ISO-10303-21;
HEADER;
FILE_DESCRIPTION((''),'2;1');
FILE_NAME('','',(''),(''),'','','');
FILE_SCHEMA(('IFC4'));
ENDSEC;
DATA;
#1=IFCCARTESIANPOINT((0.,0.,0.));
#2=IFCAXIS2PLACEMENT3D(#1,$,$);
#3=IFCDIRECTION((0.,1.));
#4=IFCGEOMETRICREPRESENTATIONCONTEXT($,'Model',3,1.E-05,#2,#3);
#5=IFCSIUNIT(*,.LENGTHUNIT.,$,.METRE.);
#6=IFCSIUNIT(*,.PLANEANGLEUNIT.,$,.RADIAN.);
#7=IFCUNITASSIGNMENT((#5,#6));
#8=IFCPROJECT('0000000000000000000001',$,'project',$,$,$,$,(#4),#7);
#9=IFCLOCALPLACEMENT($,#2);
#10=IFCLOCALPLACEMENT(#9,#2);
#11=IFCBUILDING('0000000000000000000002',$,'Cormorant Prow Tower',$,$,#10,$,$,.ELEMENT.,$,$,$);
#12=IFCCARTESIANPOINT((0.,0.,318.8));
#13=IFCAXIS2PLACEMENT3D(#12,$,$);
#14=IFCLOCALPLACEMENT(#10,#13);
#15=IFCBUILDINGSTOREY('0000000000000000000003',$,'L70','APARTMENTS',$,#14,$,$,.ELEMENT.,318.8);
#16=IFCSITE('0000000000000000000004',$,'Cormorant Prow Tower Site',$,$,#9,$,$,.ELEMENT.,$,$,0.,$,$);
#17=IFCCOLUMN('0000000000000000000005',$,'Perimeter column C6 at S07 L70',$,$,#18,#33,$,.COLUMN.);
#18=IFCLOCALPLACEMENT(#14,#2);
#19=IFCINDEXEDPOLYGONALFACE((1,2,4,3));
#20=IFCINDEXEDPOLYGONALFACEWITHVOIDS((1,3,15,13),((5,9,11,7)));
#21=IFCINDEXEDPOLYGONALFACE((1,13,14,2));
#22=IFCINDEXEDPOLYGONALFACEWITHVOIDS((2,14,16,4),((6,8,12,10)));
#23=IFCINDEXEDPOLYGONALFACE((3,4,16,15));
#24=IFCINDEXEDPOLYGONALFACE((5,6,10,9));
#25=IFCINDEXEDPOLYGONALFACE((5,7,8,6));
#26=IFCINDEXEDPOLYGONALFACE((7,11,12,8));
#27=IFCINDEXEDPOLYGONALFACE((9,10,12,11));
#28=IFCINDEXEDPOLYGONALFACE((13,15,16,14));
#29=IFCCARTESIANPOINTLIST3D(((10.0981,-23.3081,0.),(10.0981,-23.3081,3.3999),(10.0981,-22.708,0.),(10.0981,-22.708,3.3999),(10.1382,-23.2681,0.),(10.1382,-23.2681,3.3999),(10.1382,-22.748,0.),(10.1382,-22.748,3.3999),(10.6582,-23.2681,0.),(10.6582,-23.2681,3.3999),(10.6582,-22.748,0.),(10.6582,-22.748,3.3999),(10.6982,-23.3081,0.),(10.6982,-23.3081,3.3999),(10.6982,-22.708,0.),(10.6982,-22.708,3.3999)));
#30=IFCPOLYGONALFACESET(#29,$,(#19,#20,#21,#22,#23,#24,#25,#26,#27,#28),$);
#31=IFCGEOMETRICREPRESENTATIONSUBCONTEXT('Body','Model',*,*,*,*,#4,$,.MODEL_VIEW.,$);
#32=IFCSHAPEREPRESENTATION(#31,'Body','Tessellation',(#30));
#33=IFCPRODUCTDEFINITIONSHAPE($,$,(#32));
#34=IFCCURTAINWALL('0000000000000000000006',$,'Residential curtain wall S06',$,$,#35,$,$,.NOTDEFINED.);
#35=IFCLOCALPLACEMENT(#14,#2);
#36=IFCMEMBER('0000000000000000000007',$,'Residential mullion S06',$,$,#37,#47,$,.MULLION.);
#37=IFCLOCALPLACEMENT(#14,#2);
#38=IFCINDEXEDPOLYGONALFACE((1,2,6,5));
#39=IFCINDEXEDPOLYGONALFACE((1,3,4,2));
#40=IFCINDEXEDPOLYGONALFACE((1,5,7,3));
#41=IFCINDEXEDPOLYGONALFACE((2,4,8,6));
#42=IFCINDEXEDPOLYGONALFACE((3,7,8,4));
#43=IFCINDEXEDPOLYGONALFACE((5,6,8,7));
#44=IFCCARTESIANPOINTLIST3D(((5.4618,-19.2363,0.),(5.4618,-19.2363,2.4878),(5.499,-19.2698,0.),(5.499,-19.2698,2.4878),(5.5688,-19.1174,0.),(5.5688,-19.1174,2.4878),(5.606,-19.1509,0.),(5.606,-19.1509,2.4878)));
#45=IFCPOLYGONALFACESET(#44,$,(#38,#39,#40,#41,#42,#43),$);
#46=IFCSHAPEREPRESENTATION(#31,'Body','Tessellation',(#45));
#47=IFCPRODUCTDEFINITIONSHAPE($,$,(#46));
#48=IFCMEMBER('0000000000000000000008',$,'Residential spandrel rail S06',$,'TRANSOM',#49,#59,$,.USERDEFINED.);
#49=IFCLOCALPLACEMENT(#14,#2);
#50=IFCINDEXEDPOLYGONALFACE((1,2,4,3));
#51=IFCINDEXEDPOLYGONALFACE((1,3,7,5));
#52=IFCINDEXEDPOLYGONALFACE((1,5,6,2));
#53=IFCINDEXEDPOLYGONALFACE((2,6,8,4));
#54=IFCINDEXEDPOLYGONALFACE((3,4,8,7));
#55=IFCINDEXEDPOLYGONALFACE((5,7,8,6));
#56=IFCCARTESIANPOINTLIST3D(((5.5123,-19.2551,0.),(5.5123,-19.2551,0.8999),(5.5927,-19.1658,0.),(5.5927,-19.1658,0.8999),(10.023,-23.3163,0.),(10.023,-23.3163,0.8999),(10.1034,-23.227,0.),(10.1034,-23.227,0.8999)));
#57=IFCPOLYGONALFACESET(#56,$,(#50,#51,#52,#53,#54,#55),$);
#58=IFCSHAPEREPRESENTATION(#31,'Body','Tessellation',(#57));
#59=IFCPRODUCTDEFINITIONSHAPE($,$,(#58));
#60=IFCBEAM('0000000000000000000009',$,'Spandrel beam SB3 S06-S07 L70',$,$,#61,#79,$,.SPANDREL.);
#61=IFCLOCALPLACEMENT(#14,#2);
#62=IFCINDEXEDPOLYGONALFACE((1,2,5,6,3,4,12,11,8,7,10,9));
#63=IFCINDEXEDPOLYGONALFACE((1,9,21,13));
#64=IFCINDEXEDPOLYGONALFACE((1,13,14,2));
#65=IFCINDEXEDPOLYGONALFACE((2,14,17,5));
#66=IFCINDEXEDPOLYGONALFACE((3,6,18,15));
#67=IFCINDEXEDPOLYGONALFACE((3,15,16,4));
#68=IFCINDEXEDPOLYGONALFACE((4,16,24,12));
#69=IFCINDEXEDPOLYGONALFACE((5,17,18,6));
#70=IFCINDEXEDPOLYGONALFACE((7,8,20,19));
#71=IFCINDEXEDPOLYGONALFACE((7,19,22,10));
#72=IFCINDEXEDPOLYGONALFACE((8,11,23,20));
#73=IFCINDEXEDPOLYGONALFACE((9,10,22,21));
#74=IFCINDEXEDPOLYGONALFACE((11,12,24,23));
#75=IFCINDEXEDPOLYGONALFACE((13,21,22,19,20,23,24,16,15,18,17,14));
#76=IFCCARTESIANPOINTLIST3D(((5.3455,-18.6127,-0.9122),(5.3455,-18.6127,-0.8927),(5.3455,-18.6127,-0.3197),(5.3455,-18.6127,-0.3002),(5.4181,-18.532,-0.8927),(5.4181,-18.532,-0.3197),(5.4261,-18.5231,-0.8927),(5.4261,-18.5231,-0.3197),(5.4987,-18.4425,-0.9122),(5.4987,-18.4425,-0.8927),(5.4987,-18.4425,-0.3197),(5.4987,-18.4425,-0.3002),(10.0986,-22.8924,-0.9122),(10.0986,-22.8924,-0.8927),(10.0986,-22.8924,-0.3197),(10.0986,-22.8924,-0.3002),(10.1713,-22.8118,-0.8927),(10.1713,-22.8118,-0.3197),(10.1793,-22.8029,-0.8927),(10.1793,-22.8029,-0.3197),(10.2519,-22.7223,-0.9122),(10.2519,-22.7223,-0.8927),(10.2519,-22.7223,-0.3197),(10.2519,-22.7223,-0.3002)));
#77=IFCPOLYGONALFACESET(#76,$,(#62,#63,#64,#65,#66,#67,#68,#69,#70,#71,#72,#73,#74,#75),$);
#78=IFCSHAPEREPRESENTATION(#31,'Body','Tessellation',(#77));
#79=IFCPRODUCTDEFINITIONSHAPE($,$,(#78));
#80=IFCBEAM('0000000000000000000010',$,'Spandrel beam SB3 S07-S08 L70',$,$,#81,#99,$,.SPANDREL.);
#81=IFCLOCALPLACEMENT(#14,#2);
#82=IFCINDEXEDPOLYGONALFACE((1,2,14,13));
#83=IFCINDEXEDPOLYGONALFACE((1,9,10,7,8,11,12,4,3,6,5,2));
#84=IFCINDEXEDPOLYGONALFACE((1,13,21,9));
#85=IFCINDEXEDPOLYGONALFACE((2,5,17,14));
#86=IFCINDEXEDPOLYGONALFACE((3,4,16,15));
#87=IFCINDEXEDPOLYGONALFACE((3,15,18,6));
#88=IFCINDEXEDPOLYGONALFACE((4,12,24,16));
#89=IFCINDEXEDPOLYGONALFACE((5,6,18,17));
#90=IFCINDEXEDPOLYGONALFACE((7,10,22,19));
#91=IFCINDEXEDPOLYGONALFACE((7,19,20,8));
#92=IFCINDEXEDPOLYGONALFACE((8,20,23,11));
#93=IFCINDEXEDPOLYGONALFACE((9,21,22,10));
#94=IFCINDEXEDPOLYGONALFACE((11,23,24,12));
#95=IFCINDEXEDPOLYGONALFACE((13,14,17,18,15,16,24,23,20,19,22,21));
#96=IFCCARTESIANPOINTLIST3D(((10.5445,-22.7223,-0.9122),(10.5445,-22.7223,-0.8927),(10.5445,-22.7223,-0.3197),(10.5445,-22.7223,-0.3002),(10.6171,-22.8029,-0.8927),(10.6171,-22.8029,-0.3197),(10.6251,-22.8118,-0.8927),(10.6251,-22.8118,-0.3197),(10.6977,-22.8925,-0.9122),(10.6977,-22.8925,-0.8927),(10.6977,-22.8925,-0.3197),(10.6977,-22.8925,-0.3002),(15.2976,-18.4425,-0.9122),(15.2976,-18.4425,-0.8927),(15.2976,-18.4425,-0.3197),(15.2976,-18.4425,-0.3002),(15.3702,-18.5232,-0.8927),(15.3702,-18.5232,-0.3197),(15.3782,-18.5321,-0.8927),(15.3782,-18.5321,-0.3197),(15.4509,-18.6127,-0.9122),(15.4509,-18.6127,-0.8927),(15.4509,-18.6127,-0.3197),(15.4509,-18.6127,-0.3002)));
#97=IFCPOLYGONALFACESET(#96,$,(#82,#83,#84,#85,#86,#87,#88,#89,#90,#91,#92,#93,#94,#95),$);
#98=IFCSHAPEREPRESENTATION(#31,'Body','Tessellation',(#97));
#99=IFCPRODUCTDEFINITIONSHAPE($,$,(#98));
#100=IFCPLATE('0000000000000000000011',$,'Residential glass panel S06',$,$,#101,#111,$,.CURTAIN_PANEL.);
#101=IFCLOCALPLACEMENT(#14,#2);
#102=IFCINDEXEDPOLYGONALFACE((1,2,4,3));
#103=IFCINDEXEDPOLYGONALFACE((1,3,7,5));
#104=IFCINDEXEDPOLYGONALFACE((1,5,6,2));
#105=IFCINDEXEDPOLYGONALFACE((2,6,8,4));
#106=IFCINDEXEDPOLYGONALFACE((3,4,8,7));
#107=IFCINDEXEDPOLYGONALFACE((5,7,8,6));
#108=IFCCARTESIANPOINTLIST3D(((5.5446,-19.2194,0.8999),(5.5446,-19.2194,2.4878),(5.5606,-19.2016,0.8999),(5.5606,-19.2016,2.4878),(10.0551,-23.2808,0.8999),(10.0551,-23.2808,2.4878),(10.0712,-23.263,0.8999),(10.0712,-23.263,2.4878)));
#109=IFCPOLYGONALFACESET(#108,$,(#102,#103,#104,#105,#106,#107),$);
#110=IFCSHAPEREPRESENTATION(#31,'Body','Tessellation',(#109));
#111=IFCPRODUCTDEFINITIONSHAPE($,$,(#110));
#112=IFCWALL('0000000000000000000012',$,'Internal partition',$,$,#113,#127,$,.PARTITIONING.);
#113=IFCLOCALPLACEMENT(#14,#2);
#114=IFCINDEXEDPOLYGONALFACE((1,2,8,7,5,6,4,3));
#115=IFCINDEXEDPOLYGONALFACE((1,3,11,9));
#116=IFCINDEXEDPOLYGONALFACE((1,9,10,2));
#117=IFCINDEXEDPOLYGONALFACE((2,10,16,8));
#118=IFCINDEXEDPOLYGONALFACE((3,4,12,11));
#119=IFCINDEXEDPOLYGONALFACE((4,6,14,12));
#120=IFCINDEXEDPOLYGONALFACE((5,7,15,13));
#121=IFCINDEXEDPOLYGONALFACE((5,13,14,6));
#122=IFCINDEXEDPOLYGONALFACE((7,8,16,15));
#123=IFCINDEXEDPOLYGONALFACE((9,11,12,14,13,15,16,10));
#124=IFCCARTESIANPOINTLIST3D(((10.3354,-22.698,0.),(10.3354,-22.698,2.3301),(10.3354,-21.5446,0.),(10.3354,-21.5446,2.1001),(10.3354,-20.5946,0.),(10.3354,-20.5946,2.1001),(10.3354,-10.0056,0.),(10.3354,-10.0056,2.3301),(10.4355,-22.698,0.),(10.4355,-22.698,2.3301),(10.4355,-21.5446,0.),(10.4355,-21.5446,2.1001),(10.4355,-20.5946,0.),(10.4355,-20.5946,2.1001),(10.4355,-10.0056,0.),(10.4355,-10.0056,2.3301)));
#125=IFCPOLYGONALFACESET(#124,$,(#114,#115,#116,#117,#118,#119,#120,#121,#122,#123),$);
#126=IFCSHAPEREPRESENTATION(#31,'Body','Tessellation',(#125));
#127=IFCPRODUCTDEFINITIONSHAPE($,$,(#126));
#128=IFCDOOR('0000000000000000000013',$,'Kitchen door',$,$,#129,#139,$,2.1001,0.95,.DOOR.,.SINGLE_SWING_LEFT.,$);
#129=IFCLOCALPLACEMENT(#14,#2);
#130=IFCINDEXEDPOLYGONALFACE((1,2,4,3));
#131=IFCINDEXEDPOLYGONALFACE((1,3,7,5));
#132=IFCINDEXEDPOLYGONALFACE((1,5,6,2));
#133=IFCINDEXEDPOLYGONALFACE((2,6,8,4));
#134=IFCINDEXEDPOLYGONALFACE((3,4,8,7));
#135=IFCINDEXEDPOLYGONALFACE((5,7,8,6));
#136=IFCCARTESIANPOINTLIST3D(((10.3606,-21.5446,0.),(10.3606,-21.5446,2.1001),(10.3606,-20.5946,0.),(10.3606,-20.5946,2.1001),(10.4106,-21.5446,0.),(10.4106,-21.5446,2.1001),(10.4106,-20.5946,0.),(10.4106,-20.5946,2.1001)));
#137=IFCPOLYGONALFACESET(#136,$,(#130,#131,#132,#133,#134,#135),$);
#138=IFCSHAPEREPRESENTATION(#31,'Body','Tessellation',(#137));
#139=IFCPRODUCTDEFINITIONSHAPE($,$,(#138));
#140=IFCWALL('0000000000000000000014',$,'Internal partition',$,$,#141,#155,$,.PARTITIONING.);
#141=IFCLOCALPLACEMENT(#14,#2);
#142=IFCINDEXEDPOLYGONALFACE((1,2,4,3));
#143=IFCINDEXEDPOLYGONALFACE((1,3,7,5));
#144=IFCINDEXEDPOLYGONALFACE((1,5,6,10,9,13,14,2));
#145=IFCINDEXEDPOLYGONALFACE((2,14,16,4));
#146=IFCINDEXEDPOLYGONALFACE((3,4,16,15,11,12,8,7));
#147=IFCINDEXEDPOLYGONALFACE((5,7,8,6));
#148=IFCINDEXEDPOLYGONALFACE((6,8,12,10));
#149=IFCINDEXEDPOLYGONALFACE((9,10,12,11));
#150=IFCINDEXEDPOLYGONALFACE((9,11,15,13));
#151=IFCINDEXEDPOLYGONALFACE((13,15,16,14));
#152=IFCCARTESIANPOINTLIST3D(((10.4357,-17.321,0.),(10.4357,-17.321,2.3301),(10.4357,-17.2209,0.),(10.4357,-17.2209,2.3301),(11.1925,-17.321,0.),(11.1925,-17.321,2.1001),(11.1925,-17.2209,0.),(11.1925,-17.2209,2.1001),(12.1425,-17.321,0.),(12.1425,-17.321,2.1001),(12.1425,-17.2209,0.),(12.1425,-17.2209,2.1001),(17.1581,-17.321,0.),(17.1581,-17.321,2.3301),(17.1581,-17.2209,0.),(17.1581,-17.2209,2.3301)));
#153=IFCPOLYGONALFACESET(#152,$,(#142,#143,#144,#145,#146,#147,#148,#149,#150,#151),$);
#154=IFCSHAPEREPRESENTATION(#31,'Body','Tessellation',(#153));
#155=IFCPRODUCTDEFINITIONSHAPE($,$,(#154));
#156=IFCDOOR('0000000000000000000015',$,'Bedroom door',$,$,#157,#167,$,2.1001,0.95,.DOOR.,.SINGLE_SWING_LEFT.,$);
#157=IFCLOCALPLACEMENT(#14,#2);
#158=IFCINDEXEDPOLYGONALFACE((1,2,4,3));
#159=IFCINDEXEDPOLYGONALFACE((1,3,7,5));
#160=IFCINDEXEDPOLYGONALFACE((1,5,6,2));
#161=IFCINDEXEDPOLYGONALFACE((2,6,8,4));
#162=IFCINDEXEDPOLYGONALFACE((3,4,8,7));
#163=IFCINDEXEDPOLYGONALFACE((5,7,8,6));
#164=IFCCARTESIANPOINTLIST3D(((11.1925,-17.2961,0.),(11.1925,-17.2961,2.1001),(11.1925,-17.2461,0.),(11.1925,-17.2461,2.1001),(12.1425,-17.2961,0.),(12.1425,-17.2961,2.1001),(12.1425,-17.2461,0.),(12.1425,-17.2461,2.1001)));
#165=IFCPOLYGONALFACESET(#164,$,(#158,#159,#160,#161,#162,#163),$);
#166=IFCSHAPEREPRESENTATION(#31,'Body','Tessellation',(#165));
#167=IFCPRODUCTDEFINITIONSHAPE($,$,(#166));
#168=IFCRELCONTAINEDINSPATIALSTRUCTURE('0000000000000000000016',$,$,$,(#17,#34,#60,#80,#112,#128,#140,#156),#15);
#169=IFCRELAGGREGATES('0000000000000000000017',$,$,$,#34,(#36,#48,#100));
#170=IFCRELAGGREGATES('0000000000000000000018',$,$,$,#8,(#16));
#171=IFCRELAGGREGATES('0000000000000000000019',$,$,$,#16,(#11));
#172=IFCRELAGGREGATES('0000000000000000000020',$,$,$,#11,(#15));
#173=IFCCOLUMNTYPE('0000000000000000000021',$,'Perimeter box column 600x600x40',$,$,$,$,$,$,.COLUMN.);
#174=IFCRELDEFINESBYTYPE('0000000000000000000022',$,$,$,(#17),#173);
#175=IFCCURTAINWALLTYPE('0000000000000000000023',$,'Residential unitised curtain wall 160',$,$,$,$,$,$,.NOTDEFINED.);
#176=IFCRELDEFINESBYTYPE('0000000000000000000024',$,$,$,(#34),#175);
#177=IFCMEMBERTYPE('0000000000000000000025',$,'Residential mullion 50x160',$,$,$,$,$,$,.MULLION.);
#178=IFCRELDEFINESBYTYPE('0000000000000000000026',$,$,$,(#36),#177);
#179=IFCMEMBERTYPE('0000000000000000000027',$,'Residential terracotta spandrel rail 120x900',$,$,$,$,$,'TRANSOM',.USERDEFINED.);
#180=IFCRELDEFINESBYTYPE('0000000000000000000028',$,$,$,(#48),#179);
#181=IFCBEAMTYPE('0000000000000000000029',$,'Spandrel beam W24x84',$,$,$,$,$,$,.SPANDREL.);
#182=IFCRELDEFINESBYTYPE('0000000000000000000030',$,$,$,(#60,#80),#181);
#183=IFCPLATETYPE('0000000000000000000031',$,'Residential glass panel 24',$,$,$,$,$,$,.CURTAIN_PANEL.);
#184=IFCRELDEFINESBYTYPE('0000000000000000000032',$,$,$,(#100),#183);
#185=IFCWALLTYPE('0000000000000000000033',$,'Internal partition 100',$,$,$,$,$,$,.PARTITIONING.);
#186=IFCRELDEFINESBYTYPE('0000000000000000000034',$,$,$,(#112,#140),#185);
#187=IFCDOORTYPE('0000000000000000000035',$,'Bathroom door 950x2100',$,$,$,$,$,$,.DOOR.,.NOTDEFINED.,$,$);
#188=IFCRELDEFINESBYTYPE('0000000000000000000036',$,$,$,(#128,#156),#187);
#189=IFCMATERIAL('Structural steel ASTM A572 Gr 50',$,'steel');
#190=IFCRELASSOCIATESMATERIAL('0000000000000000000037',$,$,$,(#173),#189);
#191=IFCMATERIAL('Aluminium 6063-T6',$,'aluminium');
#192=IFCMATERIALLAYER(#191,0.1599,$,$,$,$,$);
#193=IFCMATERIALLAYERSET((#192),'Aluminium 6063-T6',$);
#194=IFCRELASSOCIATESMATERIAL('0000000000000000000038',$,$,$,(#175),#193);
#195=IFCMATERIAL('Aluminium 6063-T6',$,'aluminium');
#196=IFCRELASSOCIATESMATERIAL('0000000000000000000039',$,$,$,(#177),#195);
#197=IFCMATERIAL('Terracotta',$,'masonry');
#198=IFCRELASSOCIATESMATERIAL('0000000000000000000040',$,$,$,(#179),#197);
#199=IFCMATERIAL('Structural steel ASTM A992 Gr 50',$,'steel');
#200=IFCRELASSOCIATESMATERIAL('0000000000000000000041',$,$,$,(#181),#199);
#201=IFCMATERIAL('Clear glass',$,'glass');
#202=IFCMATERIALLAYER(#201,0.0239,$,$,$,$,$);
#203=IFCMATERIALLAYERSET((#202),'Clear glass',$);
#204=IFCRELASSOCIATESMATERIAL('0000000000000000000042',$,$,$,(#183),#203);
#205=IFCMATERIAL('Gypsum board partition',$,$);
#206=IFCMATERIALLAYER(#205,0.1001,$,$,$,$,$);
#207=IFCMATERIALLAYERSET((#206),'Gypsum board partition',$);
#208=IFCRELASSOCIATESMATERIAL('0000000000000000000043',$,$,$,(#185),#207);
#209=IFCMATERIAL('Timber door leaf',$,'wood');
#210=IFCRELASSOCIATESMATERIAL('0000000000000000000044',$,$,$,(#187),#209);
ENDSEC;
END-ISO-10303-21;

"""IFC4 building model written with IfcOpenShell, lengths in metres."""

from ifc_helpers import new_model, si_unit, direction, frame, frame_2d, origin, origin_2d, place, context, subcontext, project, spatial, rectangle, hollow_rectangle, i_section, extrude, material, layer, layer_set, material_profile, profile_set, type_object, element, fill, aggregate, save


model = new_model("IFC4")

# Units and contexts
model_context = context("Model", 3, precision=1e-05, world=origin(), true_north=direction((0.0, 1.0)))
body_context = subcontext(model_context, "Body", "Model", "MODEL_VIEW")
ifc_project = project(units=[si_unit("LENGTHUNIT", "METRE"), si_unit("PLANEANGLEUNIT", "RADIAN")], contexts=[model_context])

# Site, building, storey
site_placement = place(None, origin())
site = spatial("IfcSite", under=ifc_project, at=site_placement, Name="Cormorant Prow Tower Site", CompositionType="ELEMENT", RefElevation=0.0)
building_placement = place(site_placement, origin())
building = spatial("IfcBuilding", under=site, at=building_placement, Name="Cormorant Prow Tower", CompositionType="ELEMENT")
storey_placement = place(building_placement, frame((0.0, 0.0, 318.8)))
storey = spatial("IfcBuildingStorey", under=building, at=storey_placement, Name="L70", Description="APARTMENTS", CompositionType="ELEMENT", Elevation=318.8)

# Column
ifc_material_1 = material(Name="Structural steel ASTM A572 Gr 50", Category="steel")
ifc_material_profile_1 = material_profile(ifc_material_1, hollow_rectangle(XDim=0.6001, YDim=0.6001, WallThickness=0.04, at=origin_2d()), Name="Box 600x600x40")
ifc_profile_set_1 = profile_set([ifc_material_profile_1], Name="Structural steel ASTM A572 Gr 50")
column_type = type_object("IfcColumnType", Name="Perimeter box column 600x600x40", PredefinedType="COLUMN", material=ifc_profile_set_1)
column_placement = place(storey_placement, frame((10.3982, -23.0081, 0.0), z_axis=(0.0, 0.0, 1.0), x_axis=(1.0, 0.0, 0.0)))
element("IfcColumn", 1, at=column_placement, inside=storey, type_object=column_type, Name="Perimeter column C6 at S07 L70", PredefinedType="COLUMN", context=body_context, shape_type="SweptSolid", body=[
    extrude(hollow_rectangle(XDim=0.6001, YDim=0.6001, WallThickness=0.04, at=origin_2d()), origin(), (0.0, 0.0, 1.0), 3.3999),
])

# Curtain wall, members
ifc_material_2 = material(Name="Aluminium 6063-T6", Category="aluminium")
ifc_layer_1 = layer(ifc_material_2, 0.1599)
ifc_layer_set_1 = layer_set([ifc_layer_1], Name="Aluminium 6063-T6")
curtain_wall_type = type_object("IfcCurtainWallType", Name="Residential unitised curtain wall 160", PredefinedType="NOTDEFINED", material=ifc_layer_set_1)
curtain_wall_placement = place(storey_placement, origin())
curtain_wall = element("IfcCurtainWall", 2, at=curtain_wall_placement, inside=storey, type_object=curtain_wall_type, Name="Residential curtain wall S06", PredefinedType="NOTDEFINED")
ifc_material_3 = material(Name="Aluminium 6063-T6", Category="aluminium")
ifc_material_profile_2 = material_profile(ifc_material_3, rectangle(XDim=0.1599, YDim=0.05, at=origin_2d()), Name="Residential mullion 50x160")
ifc_profile_set_2 = profile_set([ifc_material_profile_2], Name="Aluminium 6063-T6")
member_type_1 = type_object("IfcMemberType", Name="Residential mullion 50x160", PredefinedType="MULLION", material=ifc_profile_set_2)
member_1_placement = place(storey_placement, frame((5.5339, -19.1936, 0.0), z_axis=(0.0, 0.0, 1.0), x_axis=(0.669131, 0.743145, 0.0)))
member_1 = element("IfcMember", 3, at=member_1_placement, type_object=member_type_1, Name="Residential mullion S06", PredefinedType="MULLION", context=body_context, shape_type="SweptSolid", body=[
    extrude(rectangle(XDim=0.1599, YDim=0.05, at=origin_2d()), origin(), (0.0, 0.0, 1.0), 2.4878),
])
ifc_material_4 = material(Name="Terracotta", Category="masonry")
ifc_material_profile_3 = material_profile(ifc_material_4, rectangle(XDim=0.1201, YDim=0.8999, at=origin_2d()), Name="Residential terracotta spandrel rail 120x900")
ifc_profile_set_3 = profile_set([ifc_material_profile_3], Name="Terracotta")
member_type_2 = type_object("IfcMemberType", Name="Residential terracotta spandrel rail 120x900", ElementType="TRANSOM", PredefinedType="USERDEFINED", material=ifc_profile_set_3)
member_2_placement = place(storey_placement, frame((5.5525, -19.2104, 0.45), z_axis=(0.743162, -0.669111, 0.0), x_axis=(0.669111, 0.743162, 0.0)))
member_2 = element("IfcMember", 4, at=member_2_placement, type_object=member_type_2, Name="Residential spandrel rail S06", ObjectType="TRANSOM", PredefinedType="USERDEFINED", context=body_context, shape_type="SweptSolid", body=[
    extrude(rectangle(XDim=0.1201, YDim=0.8999, at=origin_2d()), origin(), (0.0, 0.0, 1.0), 6.0696),
])

# Beams
ifc_material_5 = material(Name="Structural steel ASTM A992 Gr 50", Category="steel")
ifc_material_profile_4 = material_profile(ifc_material_5, i_section(OverallWidth=0.229, OverallDepth=0.6121, WebThickness=0.012, FlangeThickness=0.0195, at=origin_2d()), Name="W24x84")
ifc_profile_set_4 = profile_set([ifc_material_profile_4], Name="Structural steel ASTM A992 Gr 50")
beam_type = type_object("IfcBeamType", Name="Spandrel beam W24x84", PredefinedType="SPANDREL", material=ifc_profile_set_4)
for number, where, z_axis, x_axis, name in (
    (5, (5.4221, -18.5276, -0.6062), (0.743144, -0.669131, 0.0), (0.669131, 0.743144, 0.0), "Spandrel beam SB3 S06-S07 L70"),
    (6, (10.6211, -22.8074, -0.6062), (0.743144, 0.669131, 0.0), (-0.669131, 0.743144, 0.0), "Spandrel beam SB3 S07-S08 L70"),
):
    element("IfcBeam", number, at=place(storey_placement, frame(where, z_axis=z_axis, x_axis=x_axis)), inside=storey, type_object=beam_type, Name=name, PredefinedType="SPANDREL", context=body_context, shape_type="SweptSolid", body=[
        extrude(i_section(OverallWidth=0.229, OverallDepth=0.6121, WebThickness=0.012, FlangeThickness=0.0195, at=origin_2d()), origin(), (0.0, 0.0, 1.0), 6.396),
    ])

# Plate
ifc_material_6 = material(Name="Clear glass", Category="glass")
ifc_layer_2 = layer(ifc_material_6, 0.0239)
ifc_layer_set_2 = layer_set([ifc_layer_2], Name="Clear glass")
plate_type = type_object("IfcPlateType", Name="Residential glass panel 24", PredefinedType="CURTAIN_PANEL", material=ifc_layer_set_2)
plate_placement = place(storey_placement, frame((7.8079, -21.2412, 0.8999), z_axis=(0.0, 0.0, 1.0), x_axis=(0.743145, -0.669131, 0.0)))
plate = element("IfcPlate", 7, at=plate_placement, type_object=plate_type, Name="Residential glass panel S06", PredefinedType="CURTAIN_PANEL", context=body_context, shape_type="SweptSolid", body=[
    extrude(rectangle(XDim=6.0696, YDim=0.0239, at=origin_2d()), origin(), (0.0, 0.0, 1.0), 1.5879),
])
aggregate(curtain_wall, [member_1, member_2, plate])

# Walls, openings, doors
ifc_material_7 = material(Name="Gypsum board partition")
ifc_layer_3 = layer(ifc_material_7, 0.1001)
ifc_layer_set_3 = layer_set([ifc_layer_3], Name="Gypsum board partition")
wall_type_1 = type_object("IfcWallType", Name="Internal partition 100", PredefinedType="PARTITIONING", material=ifc_layer_set_3)
wall_1_placement = place(storey_placement, frame((10.3855, -22.698, 0.0), z_axis=(0.0, 0.0, 1.0), x_axis=(0.0, 1.0, 0.0)))
wall_1 = element("IfcWall", 8, at=wall_1_placement, inside=storey, type_object=wall_type_1, Name="Internal partition", PredefinedType="PARTITIONING", context=body_context, shape_type="SweptSolid", body=[
    extrude(rectangle(XDim=12.6924, YDim=0.1001, at=frame_2d((6.3462, 0.0))), origin(), (0.0, 0.0, 1.0), 2.3301),
])
opening_1_placement = place(wall_1_placement, frame((1.1533, 0.0, 0.0)))
opening_1 = element("IfcOpeningElement", 9, at=opening_1_placement, cuts=wall_1, PredefinedType="OPENING", context=body_context, shape_type="SweptSolid", body=[
    extrude(rectangle(XDim=0.95, YDim=2.1001, at=frame_2d((0.4751, 1.05))), frame((0.0, 0.0601, 0.0), z_axis=(0.0, -1.0, 0.0), x_axis=(1.0, 0.0, 0.0)), (0.0, 0.0, 1.0), 0.1201),
])
ifc_material_8 = material(Name="Timber door leaf", Category="wood")
door_type_1 = type_object("IfcDoorType", Name="Bathroom door 950x2100", OperationType="NOTDEFINED", PredefinedType="DOOR", material=ifc_material_8)
door_1_placement = place(opening_1_placement, origin())
door_1 = element("IfcDoor", 10, at=door_1_placement, inside=storey, type_object=door_type_1, Name="Kitchen door", OperationType="SINGLE_SWING_LEFT", OverallHeight=2.1001, OverallWidth=0.95, PredefinedType="DOOR", context=body_context, shape_type="SweptSolid", body=[
    extrude(rectangle(XDim=0.95, YDim=2.1001, at=frame_2d((0.4751, 1.05))), frame((0.0, 0.0249, 0.0), z_axis=(0.0, -1.0, 0.0), x_axis=(1.0, 0.0, 0.0)), (0.0, 0.0, 1.0), 0.05),
])
fill(opening_1, door_1)
wall_2_placement = place(storey_placement, frame((10.4355, -17.271, 0.0), z_axis=(0.0, 0.0, 1.0), x_axis=(1.0, 0.0, 0.0)))
wall_2 = element("IfcWall", 11, at=wall_2_placement, inside=storey, type_object=wall_type_1, Name="Internal partition", PredefinedType="PARTITIONING", context=body_context, shape_type="SweptSolid", body=[
    extrude(rectangle(XDim=6.7224, YDim=0.1001, at=frame_2d((3.3613, 0.0))), origin(), (0.0, 0.0, 1.0), 2.3301),
])
opening_2_placement = place(wall_2_placement, frame((0.7568, 0.0, 0.0)))
opening_2 = element("IfcOpeningElement", 12, at=opening_2_placement, cuts=wall_2, PredefinedType="OPENING", context=body_context, shape_type="SweptSolid", body=[
    extrude(rectangle(XDim=0.95, YDim=2.1001, at=frame_2d((0.4751, 1.05))), frame((0.0, 0.0601, 0.0), z_axis=(0.0, -1.0, 0.0), x_axis=(1.0, 0.0, 0.0)), (0.0, 0.0, 1.0), 0.1201),
])
door_2_placement = place(opening_2_placement, origin())
door_2 = element("IfcDoor", 13, at=door_2_placement, inside=storey, type_object=door_type_1, Name="Bedroom door", OperationType="SINGLE_SWING_LEFT", OverallHeight=2.1001, OverallWidth=0.95, PredefinedType="DOOR", context=body_context, shape_type="SweptSolid", body=[
    extrude(rectangle(XDim=0.95, YDim=2.1001, at=frame_2d((0.4751, 1.05))), frame((0.0, 0.0249, 0.0), z_axis=(0.0, -1.0, 0.0), x_axis=(1.0, 0.0, 0.0)), (0.0, 0.0, 1.0), 0.05),
])
fill(opening_2, door_2)

save(model, "model.ifc")
